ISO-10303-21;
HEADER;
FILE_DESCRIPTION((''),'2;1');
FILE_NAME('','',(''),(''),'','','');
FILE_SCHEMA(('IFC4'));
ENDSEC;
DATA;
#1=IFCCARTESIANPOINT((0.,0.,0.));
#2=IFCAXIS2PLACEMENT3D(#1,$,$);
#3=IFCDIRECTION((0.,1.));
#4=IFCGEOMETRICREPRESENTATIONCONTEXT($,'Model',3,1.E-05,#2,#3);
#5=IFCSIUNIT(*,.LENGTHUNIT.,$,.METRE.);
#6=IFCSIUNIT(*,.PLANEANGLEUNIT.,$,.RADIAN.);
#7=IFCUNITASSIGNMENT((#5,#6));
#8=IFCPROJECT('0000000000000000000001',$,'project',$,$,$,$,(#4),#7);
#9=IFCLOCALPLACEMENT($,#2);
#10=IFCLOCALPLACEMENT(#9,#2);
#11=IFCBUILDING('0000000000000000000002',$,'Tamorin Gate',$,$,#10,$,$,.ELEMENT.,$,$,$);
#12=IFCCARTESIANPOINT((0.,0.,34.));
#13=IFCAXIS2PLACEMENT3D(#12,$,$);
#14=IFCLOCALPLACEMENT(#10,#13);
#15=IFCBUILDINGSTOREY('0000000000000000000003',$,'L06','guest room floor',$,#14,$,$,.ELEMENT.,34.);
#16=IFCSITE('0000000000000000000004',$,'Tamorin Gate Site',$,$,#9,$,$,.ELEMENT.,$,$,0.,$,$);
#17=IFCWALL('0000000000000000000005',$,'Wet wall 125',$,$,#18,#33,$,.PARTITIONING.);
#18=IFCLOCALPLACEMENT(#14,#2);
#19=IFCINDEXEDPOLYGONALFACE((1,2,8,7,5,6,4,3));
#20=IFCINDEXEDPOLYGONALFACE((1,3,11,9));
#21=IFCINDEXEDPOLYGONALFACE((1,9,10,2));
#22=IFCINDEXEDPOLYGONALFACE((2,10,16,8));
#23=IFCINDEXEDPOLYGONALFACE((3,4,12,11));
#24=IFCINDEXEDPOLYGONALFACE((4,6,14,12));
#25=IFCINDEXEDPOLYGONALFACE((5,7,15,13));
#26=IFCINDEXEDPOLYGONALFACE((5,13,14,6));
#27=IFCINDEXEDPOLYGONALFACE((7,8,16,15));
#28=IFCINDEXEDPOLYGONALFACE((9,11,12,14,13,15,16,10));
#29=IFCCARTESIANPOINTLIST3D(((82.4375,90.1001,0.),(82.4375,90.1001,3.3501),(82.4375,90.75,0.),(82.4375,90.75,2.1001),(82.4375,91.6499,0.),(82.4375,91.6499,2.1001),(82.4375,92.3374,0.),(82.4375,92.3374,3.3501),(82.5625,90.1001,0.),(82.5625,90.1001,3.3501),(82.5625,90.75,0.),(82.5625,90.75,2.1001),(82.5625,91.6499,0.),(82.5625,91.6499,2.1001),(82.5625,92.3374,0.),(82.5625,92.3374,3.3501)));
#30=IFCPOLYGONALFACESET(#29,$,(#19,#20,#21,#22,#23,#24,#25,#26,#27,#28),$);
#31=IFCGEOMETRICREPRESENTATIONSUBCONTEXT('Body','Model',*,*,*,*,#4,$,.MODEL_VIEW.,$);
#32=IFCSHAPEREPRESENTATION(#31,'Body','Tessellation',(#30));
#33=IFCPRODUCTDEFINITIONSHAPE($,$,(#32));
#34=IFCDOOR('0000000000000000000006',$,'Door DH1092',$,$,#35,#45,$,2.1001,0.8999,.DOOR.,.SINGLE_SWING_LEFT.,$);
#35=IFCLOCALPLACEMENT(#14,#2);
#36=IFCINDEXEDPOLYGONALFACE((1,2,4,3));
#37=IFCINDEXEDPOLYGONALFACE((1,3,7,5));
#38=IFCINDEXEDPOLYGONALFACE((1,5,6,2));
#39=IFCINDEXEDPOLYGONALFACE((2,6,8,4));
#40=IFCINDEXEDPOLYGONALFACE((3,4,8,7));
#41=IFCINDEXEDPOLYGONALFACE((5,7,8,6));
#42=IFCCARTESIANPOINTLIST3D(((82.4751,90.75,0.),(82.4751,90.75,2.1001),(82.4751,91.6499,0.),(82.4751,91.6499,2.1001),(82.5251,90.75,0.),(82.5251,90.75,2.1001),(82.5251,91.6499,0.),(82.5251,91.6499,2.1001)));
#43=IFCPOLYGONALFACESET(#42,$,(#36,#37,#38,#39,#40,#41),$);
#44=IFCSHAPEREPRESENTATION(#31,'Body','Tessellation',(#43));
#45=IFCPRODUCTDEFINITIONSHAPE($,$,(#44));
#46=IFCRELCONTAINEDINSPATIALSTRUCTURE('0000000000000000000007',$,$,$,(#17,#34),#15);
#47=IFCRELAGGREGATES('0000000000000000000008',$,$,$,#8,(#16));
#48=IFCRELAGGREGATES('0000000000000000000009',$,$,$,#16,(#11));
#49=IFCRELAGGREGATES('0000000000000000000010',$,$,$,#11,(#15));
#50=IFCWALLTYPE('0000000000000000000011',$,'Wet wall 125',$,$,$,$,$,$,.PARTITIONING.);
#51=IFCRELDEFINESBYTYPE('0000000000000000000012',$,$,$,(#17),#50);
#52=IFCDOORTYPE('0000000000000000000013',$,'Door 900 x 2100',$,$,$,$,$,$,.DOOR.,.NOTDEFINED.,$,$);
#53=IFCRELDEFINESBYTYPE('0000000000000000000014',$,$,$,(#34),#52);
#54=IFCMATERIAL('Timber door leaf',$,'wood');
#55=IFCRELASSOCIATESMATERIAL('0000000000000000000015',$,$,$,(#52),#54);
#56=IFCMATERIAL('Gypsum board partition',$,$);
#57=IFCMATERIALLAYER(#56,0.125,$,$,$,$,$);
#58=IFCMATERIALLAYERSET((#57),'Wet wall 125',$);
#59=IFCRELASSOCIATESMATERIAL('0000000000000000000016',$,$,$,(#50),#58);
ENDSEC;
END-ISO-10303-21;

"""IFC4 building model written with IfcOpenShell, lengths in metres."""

from ifc_helpers import new_model, si_unit, direction, frame, frame_2d, origin, place, context, subcontext, project, spatial, rectangle, extrude, material, layer, layer_set, type_object, element, fill, save


model = new_model("IFC4")

# Units and contexts
model_context = context("Model", 3, precision=1e-05, world=origin(), true_north=direction((0.0, 1.0)))
body_context = subcontext(model_context, "Body", "Model", "MODEL_VIEW")
ifc_project = project(units=[si_unit("LENGTHUNIT", "METRE"), si_unit("PLANEANGLEUNIT", "RADIAN")], contexts=[model_context])

# Site, building, storey
site_placement = place(None, origin())
site = spatial("IfcSite", under=ifc_project, at=site_placement, Name="Tamorin Gate Site", CompositionType="ELEMENT", RefElevation=0.0)
building_placement = place(site_placement, origin())
building = spatial("IfcBuilding", under=site, at=building_placement, Name="Tamorin Gate", CompositionType="ELEMENT")
storey_placement = place(building_placement, frame((0.0, 0.0, 34.0)))
storey = spatial("IfcBuildingStorey", under=building, at=storey_placement, Name="L06", Description="guest room floor", CompositionType="ELEMENT", Elevation=34.0)

# Shared definitions
ifc_material_1 = material(Name="Gypsum board partition")

# Shared definitions
ifc_material_2 = material(Name="Timber door leaf", Category="wood")
door_type = type_object("IfcDoorType", Name="Door 900 x 2100", OperationType="NOTDEFINED", PredefinedType="DOOR", material=ifc_material_2)

# Shared definitions
ifc_layer_1 = layer(ifc_material_1, 0.125)
ifc_layer_set_1 = layer_set([ifc_layer_1], Name="Wet wall 125")
wall_type_1 = type_object("IfcWallType", Name="Wet wall 125", PredefinedType="PARTITIONING", material=ifc_layer_set_1)

# Wall, opening, door
wall_1_placement = place(storey_placement, frame((82.5, 90.1001, 0.0), z_axis=(0.0, 0.0, 1.0), x_axis=(0.0, 1.0, 0.0)))
wall_1 = element("IfcWall", 1, at=wall_1_placement, inside=storey, type_object=wall_type_1, Name="Wet wall 125", PredefinedType="PARTITIONING", context=body_context, shape_type="SweptSolid", body=[
    extrude(rectangle(XDim=2.2373, YDim=0.125, at=frame_2d((1.1187, 0.0))), origin(), (0.0, 0.0, 1.0), 3.3501),
])
opening_1_placement = place(wall_1_placement, frame((0.6499, 0.0, 0.0)))
opening_1 = element("IfcOpeningElement", 2, at=opening_1_placement, cuts=wall_1, PredefinedType="OPENING", context=body_context, shape_type="SweptSolid", body=[
    extrude(rectangle(XDim=0.8999, YDim=2.1001, at=frame_2d((0.45, 1.05))), frame((0.0, 0.0725, 0.0), z_axis=(0.0, -1.0, 0.0), x_axis=(1.0, 0.0, 0.0)), (0.0, 0.0, 1.0), 0.145),
])
door_1_placement = place(opening_1_placement, origin())
door_1 = element("IfcDoor", 3, at=door_1_placement, inside=storey, type_object=door_type, Name="Door DH1092", OperationType="SINGLE_SWING_LEFT", OverallHeight=2.1001, OverallWidth=0.8999, PredefinedType="DOOR", context=body_context, shape_type="SweptSolid", body=[
    extrude(rectangle(XDim=0.8999, YDim=2.1001, at=frame_2d((0.45, 1.05))), frame((0.0, 0.0249, 0.0), z_axis=(0.0, -1.0, 0.0), x_axis=(1.0, 0.0, 0.0)), (0.0, 0.0, 1.0), 0.05),
])
fill(opening_1, door_1)

save(model, "model.ifc")
